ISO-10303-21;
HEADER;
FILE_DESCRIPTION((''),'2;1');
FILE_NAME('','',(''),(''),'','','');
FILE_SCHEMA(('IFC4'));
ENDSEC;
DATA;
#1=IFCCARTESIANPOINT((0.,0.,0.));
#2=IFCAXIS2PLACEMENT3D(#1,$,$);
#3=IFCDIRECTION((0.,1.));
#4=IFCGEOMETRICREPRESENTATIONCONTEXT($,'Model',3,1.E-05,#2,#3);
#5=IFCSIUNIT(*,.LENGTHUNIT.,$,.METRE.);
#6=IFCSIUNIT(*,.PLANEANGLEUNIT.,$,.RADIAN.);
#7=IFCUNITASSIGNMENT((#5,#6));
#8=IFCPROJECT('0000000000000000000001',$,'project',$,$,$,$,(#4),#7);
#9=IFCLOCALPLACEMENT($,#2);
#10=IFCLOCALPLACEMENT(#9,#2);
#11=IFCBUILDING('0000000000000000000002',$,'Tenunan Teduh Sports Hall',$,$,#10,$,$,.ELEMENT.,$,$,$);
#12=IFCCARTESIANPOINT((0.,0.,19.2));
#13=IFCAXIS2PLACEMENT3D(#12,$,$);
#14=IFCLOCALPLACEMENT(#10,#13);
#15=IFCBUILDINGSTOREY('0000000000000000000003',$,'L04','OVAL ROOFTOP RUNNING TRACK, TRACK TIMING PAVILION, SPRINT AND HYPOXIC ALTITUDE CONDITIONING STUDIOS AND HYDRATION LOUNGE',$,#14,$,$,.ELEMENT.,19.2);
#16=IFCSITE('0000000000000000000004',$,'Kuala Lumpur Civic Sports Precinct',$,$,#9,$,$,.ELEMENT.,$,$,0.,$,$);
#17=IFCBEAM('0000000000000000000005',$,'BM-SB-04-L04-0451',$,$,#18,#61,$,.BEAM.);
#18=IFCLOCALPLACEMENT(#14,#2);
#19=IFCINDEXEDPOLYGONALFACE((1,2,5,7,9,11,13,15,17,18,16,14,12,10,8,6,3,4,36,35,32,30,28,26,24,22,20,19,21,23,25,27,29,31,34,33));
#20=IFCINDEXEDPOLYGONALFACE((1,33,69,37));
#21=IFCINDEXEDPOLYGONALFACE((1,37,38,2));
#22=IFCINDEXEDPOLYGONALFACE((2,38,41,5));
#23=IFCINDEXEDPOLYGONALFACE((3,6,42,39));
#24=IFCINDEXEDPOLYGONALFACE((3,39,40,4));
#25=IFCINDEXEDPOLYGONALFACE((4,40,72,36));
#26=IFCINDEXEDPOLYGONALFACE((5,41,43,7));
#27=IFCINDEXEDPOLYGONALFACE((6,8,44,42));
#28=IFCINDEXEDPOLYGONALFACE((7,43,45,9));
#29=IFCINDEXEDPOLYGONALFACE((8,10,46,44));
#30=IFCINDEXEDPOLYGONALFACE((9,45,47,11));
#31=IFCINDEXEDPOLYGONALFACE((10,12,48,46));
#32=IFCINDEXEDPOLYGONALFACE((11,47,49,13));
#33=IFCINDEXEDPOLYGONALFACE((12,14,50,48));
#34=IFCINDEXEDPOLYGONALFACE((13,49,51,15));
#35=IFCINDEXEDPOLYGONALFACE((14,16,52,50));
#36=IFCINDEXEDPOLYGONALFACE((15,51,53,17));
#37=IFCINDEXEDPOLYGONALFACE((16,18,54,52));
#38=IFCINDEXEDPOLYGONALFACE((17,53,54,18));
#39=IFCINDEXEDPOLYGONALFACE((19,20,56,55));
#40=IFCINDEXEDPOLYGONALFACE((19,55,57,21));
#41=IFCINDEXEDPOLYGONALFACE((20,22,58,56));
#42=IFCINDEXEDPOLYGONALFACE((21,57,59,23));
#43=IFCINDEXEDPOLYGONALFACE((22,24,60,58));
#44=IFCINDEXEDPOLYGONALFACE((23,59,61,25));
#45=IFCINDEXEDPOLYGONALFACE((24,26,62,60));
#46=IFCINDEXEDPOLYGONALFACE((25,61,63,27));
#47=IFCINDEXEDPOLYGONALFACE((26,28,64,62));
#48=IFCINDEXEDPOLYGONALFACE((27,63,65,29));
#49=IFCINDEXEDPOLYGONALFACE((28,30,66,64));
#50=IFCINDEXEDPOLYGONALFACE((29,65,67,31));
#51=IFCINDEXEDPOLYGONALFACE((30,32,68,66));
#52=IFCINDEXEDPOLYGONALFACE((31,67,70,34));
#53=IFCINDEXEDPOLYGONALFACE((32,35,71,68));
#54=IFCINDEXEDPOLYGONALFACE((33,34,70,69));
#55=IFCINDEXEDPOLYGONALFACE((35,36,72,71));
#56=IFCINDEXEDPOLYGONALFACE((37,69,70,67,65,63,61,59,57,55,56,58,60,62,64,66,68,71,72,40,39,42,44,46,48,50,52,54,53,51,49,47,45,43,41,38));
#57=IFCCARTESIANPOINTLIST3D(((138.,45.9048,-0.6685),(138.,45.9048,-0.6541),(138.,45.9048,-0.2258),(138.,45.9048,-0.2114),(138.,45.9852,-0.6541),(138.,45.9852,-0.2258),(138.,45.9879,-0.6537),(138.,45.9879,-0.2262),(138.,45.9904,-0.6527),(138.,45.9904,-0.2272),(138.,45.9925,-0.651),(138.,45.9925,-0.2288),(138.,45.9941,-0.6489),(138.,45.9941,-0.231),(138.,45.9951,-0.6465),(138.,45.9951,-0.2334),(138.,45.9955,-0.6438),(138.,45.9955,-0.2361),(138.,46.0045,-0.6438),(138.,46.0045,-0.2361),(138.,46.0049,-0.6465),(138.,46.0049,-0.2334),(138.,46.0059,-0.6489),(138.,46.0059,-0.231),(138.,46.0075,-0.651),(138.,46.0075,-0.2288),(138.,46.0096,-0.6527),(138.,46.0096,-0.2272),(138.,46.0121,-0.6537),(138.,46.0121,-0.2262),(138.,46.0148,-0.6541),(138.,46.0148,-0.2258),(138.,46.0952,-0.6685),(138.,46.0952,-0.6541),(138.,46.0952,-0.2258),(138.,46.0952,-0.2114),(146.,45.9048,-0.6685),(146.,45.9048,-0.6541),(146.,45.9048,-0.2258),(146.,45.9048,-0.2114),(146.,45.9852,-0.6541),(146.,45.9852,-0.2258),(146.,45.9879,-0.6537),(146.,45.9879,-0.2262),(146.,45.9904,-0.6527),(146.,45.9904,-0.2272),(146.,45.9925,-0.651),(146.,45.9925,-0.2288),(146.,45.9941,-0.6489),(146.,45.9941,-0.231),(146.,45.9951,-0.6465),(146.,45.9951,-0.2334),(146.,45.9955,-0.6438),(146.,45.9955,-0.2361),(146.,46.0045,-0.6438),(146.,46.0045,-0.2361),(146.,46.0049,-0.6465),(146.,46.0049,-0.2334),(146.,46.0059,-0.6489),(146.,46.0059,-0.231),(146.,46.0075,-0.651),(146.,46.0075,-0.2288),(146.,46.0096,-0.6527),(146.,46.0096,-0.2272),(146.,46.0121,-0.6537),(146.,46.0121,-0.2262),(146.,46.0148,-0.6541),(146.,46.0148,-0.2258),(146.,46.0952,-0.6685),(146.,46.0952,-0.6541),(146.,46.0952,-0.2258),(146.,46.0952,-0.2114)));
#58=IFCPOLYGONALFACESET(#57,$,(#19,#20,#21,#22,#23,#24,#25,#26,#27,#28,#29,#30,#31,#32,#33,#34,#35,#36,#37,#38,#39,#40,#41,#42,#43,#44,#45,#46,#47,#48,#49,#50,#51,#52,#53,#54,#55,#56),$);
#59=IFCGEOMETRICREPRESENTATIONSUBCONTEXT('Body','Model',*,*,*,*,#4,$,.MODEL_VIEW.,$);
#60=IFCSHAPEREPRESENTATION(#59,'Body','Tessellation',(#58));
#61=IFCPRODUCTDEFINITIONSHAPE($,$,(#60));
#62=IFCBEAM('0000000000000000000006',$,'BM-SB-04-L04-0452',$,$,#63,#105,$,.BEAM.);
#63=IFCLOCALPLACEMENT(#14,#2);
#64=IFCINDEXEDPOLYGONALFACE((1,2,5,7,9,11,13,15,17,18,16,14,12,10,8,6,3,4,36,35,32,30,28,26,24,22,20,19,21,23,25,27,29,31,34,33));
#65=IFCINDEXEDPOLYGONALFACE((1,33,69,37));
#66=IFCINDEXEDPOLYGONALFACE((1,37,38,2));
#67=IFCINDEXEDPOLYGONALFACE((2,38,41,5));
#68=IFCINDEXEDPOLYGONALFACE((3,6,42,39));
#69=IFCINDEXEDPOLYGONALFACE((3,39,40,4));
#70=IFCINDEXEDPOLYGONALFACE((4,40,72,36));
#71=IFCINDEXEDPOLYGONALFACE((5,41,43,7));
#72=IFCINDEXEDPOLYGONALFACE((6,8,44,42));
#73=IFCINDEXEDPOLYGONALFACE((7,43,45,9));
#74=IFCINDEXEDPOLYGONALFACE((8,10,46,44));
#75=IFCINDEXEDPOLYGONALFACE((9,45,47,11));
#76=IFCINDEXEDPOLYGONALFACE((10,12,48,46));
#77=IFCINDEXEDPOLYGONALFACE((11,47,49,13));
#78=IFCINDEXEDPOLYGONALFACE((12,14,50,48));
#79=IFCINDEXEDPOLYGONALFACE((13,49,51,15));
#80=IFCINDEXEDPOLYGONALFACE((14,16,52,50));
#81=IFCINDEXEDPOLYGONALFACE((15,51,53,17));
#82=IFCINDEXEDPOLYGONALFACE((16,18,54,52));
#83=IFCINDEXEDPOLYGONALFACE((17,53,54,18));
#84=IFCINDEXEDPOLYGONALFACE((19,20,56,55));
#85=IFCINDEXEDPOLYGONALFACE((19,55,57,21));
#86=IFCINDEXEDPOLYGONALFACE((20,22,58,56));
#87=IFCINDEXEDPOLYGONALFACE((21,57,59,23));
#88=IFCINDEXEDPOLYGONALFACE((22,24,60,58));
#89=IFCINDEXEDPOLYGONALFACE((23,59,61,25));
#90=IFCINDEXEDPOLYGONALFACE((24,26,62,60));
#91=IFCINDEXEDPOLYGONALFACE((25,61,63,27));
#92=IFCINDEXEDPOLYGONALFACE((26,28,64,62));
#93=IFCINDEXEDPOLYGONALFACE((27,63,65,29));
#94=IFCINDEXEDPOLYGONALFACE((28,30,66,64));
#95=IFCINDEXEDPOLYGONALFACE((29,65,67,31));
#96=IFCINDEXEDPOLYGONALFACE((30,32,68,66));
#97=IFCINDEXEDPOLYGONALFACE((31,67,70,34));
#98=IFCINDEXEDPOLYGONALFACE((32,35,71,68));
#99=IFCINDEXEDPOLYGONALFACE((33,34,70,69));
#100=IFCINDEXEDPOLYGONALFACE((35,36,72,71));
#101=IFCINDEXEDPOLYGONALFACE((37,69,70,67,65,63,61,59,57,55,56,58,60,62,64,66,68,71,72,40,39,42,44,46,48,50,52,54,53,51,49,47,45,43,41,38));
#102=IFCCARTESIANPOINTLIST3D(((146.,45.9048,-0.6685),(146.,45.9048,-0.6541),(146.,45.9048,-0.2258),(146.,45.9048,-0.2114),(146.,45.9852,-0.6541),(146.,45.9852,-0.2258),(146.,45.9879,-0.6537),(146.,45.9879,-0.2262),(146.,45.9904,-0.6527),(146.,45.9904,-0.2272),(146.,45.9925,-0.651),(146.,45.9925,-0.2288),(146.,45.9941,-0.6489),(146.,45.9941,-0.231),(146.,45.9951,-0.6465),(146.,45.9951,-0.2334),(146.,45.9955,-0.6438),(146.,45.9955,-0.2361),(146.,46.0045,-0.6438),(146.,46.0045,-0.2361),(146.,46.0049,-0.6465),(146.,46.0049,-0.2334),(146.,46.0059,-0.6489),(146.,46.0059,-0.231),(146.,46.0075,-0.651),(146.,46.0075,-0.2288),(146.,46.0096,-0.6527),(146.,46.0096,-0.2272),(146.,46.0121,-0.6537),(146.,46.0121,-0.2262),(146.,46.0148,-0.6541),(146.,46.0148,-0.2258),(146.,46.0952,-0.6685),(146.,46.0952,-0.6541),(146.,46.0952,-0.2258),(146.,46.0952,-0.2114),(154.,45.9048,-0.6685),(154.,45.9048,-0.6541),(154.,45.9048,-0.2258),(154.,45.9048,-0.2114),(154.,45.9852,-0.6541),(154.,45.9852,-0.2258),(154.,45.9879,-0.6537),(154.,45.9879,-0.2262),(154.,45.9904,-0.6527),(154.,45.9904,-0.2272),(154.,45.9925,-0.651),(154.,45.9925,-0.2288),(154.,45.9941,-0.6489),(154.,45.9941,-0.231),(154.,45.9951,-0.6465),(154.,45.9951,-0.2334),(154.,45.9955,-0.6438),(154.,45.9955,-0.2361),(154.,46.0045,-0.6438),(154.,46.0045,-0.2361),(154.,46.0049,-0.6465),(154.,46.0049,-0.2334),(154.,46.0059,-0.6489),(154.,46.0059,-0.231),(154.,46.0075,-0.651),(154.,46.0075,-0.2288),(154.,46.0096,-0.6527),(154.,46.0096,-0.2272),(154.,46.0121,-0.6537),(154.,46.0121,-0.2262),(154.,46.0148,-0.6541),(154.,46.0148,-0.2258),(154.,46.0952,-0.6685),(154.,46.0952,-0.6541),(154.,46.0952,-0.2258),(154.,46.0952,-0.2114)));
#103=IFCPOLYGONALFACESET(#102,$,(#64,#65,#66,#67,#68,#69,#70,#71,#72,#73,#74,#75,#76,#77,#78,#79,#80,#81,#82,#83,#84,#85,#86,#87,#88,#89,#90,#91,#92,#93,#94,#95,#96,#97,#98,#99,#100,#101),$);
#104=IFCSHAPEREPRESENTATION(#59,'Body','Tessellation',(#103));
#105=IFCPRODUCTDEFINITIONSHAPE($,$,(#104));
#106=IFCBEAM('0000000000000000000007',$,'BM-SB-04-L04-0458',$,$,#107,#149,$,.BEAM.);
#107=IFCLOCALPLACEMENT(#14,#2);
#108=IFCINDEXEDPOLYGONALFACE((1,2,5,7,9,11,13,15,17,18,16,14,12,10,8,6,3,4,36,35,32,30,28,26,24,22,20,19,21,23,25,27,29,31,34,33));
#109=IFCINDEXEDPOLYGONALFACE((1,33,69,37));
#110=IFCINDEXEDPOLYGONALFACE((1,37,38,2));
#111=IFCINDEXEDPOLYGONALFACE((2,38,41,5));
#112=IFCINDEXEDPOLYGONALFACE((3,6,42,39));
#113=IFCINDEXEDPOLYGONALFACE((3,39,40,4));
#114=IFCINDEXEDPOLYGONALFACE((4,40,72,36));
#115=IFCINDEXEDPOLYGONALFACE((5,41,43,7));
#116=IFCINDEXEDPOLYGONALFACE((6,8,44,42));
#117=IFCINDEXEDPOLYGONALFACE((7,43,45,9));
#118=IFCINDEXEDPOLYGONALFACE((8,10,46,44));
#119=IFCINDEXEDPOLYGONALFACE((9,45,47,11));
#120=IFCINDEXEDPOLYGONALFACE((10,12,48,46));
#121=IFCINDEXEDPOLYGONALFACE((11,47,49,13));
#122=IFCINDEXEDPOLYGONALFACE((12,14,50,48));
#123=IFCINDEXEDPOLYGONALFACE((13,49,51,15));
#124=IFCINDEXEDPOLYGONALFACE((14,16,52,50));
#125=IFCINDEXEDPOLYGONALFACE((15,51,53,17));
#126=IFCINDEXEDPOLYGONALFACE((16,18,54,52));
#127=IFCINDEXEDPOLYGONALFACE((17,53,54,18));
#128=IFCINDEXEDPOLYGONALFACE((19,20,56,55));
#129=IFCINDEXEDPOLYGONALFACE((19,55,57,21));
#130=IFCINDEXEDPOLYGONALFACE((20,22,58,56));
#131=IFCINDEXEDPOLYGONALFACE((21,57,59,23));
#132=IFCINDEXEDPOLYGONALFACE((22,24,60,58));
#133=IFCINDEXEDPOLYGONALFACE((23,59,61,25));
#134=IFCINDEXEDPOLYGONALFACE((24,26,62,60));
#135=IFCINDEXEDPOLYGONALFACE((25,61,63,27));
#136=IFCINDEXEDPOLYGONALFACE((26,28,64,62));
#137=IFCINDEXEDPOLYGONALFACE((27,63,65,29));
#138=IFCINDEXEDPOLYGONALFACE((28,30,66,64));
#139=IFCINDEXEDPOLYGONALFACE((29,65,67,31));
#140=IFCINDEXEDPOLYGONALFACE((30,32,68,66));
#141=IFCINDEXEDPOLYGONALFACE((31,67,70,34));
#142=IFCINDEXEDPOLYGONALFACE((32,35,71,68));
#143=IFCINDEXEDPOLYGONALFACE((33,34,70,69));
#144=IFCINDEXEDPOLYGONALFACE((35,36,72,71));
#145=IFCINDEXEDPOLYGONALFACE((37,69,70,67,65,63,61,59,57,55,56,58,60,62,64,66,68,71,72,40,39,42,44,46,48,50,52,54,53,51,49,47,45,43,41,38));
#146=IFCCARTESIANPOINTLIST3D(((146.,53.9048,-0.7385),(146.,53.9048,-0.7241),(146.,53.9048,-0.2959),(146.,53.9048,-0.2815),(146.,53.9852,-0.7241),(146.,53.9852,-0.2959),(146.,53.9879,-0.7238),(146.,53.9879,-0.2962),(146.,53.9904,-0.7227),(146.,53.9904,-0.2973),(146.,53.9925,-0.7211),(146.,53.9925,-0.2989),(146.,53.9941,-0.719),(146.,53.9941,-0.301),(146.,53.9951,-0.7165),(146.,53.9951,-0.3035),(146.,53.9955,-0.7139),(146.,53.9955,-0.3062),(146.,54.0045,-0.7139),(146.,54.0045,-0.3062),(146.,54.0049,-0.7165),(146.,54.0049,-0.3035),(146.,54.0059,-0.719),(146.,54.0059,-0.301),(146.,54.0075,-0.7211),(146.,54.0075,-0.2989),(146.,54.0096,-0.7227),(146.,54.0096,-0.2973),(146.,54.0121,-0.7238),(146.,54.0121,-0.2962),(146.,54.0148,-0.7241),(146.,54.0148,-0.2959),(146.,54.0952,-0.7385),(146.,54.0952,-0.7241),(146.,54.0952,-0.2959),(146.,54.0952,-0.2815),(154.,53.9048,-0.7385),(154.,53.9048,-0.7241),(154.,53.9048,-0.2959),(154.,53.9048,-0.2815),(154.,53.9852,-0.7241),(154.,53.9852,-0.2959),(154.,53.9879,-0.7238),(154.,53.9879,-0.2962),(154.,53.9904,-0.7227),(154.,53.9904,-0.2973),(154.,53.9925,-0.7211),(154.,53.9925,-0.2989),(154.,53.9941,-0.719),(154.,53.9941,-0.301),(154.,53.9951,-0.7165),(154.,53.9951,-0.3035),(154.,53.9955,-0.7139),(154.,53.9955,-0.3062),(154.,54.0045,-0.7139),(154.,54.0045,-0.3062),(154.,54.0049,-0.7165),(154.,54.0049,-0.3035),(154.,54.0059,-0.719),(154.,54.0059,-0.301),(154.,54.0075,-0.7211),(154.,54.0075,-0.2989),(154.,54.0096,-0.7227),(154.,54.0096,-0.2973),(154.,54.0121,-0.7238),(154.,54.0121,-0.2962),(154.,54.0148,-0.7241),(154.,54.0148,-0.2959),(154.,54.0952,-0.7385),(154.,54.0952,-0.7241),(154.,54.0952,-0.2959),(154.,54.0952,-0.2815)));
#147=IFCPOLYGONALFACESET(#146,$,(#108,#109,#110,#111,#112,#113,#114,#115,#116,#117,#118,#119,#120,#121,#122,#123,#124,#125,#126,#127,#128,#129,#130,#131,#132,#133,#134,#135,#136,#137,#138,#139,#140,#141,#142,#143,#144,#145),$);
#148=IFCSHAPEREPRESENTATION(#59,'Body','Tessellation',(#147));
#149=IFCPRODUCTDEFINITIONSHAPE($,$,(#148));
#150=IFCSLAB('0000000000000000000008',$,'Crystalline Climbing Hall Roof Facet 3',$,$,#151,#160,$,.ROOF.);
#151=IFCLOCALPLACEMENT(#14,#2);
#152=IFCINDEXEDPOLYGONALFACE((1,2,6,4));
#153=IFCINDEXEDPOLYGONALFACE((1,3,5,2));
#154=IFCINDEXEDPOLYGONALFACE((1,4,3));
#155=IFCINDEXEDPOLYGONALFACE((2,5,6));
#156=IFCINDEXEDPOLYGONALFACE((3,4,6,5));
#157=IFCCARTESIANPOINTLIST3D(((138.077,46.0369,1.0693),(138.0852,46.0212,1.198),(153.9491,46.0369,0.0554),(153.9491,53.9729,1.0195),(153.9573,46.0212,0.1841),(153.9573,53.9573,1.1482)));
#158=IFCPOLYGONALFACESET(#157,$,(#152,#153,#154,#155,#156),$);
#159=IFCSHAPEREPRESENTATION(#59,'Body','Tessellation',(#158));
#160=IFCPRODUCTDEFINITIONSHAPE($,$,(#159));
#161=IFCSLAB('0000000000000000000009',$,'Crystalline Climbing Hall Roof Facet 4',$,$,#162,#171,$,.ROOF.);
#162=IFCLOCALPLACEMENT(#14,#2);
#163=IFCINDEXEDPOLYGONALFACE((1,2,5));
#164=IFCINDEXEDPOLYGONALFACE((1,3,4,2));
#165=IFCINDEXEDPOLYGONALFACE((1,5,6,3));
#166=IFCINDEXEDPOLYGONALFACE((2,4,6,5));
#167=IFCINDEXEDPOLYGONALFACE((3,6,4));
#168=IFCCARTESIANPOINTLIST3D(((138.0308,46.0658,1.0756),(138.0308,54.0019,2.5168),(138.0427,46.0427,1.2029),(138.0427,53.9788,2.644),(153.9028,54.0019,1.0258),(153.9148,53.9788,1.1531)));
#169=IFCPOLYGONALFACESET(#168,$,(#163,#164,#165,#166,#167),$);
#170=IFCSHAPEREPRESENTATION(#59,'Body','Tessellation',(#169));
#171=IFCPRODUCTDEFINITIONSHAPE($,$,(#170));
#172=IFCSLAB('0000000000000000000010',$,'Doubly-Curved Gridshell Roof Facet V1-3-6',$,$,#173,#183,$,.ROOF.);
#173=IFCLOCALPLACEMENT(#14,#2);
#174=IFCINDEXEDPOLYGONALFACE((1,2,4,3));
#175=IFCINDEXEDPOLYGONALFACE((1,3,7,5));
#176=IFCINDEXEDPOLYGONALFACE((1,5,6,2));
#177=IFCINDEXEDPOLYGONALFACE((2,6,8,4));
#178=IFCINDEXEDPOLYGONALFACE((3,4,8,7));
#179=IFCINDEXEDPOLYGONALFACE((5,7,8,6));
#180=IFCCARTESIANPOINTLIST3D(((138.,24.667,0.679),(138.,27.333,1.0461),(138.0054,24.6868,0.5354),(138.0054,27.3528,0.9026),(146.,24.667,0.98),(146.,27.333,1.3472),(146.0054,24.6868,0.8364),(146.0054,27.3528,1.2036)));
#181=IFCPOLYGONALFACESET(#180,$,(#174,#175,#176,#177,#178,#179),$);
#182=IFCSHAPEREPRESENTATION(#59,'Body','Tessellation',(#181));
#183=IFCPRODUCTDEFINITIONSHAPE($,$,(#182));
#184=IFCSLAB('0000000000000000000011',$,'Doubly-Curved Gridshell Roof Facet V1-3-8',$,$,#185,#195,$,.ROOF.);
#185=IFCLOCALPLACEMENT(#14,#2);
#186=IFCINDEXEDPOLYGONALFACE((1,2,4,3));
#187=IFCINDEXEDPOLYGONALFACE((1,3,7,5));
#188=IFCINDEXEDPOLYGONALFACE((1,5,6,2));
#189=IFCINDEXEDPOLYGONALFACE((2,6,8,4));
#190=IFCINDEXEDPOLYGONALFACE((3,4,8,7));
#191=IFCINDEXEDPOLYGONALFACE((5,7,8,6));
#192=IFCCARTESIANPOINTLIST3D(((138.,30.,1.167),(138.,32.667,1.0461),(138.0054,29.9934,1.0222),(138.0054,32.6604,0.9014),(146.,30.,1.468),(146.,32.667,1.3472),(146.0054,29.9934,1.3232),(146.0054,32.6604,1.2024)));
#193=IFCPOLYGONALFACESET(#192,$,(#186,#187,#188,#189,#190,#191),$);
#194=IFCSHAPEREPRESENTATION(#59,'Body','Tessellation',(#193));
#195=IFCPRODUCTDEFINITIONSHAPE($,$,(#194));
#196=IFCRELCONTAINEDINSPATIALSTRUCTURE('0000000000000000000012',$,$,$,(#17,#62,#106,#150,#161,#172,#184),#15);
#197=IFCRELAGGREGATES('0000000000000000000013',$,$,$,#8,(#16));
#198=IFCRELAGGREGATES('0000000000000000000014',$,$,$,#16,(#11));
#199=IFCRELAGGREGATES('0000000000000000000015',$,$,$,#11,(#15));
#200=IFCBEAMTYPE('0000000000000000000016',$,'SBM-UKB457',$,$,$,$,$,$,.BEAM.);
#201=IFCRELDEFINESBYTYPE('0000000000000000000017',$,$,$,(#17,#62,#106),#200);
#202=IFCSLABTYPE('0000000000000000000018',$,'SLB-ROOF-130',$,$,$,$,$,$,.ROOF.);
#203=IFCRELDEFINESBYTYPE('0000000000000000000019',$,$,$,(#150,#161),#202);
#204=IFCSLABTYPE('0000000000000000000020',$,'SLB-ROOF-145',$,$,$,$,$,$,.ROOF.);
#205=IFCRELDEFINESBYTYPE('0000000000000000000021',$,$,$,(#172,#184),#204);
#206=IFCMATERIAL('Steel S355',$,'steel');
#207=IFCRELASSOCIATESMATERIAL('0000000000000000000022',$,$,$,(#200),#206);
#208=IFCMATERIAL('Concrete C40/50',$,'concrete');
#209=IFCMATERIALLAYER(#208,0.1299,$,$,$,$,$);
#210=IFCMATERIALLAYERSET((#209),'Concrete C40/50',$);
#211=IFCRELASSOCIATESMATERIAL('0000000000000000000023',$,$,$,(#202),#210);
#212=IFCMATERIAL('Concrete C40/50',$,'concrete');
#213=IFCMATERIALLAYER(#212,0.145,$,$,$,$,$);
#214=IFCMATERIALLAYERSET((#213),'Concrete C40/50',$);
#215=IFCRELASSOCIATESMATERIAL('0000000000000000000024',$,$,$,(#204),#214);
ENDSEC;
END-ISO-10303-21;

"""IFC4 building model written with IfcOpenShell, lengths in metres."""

from ifc_helpers import new_model, si_unit, direction, frame, origin, origin_2d, place, context, subcontext, project, spatial, polyline, i_section, outline, extrude, material, layer, layer_set, material_profile, profile_set, type_object, element, save


model = new_model("IFC4")

# Units and contexts
model_context = context("Model", 3, precision=1e-05, world=origin(), true_north=direction((0.0, 1.0)))
body_context = subcontext(model_context, "Body", "Model", "MODEL_VIEW")
ifc_project = project(units=[si_unit("LENGTHUNIT", "METRE"), si_unit("PLANEANGLEUNIT", "RADIAN")], contexts=[model_context])

# Site, building, storey
site_placement = place(None, origin())
site = spatial("IfcSite", under=ifc_project, at=site_placement, Name="Kuala Lumpur Civic Sports Precinct", CompositionType="ELEMENT", RefElevation=0.0)
building_placement = place(site_placement, origin())
building = spatial("IfcBuilding", under=site, at=building_placement, Name="Tenunan Teduh Sports Hall", CompositionType="ELEMENT")
storey_placement = place(building_placement, frame((0.0, 0.0, 19.2)))
storey = spatial("IfcBuildingStorey", under=building, at=storey_placement, Name="L04", Description="OVAL ROOFTOP RUNNING TRACK, TRACK TIMING PAVILION, SPRINT AND HYPOXIC ALTITUDE CONDITIONING STUDIOS AND HYDRATION LOUNGE", CompositionType="ELEMENT", Elevation=19.2)

# Beams
ifc_material_1 = material(Name="Steel S355", Category="steel")
ifc_material_profile_1 = material_profile(ifc_material_1, i_section(OverallWidth=0.1904, OverallDepth=0.457, WebThickness=0.009, FlangeThickness=0.0144, FilletRadius=0.0103, at=origin_2d()), Name="UKB 457x191x74")
ifc_profile_set_1 = profile_set([ifc_material_profile_1], Name="Steel S355")
beam_type_1 = type_object("IfcBeamType", Name="SBM-UKB457", PredefinedType="BEAM", material=ifc_profile_set_1)
for number, where, z_axis, x_axis, name in (
    (1, (138.0, 46.0, -0.4399), (1.0, 0.0, 0.0), (0.0, 1.0, 0.0), "BM-SB-04-L04-0451"),
    (2, (146.0, 46.0, -0.4399), (1.0, 0.0, 0.0), (0.0, 1.0, 0.0), "BM-SB-04-L04-0452"),
    (3, (146.0, 54.0, -0.51), (1.0, 0.0, 0.0), (0.0, 1.0, 0.0), "BM-SB-04-L04-0458"),
):
    element("IfcBeam", number, at=place(storey_placement, frame(where, z_axis=z_axis, x_axis=x_axis)), inside=storey, type_object=beam_type_1, Name=name, PredefinedType="BEAM", context=body_context, shape_type="SweptSolid", body=[
        extrude(i_section(OverallWidth=0.1904, OverallDepth=0.457, WebThickness=0.009, FlangeThickness=0.0144, FilletRadius=0.0103, at=origin_2d()), origin(), (0.0, 0.0, 1.0), 8.0),
    ])

# Slabs
ifc_material_2 = material(Name="Concrete C40/50", Category="concrete")
ifc_layer_1 = layer(ifc_material_2, 0.1299)
ifc_layer_set_1 = layer_set([ifc_layer_1], Name="Concrete C40/50")
slab_type_1 = type_object("IfcSlabType", Name="SLB-ROOF-130", PredefinedType="ROOF", material=ifc_layer_set_1)
slab_1_placement = place(storey_placement, frame((138.0852, 46.0212, 1.198), z_axis=(0.063287, -0.120357, 0.990711), x_axis=(0.997966, 0.0, -0.063751)))
element("IfcSlab", 4, at=slab_1_placement, inside=storey, type_object=slab_type_1, Name="Crystalline Climbing Hall Roof Facet 3", PredefinedType="ROOF", context=body_context, shape_type="SweptSolid", body=[
    extrude(outline(polyline([(0.0, 0.0), (15.9044, 0.0), (15.843, 7.9941), (0.0, 0.0)])), origin(), (0.0, 0.0, -1.0), 0.1299),
])
slab_2_placement = place(storey_placement, frame((138.0427, 46.0427, 1.2029), z_axis=(0.092033, -0.177917, 0.979732), x_axis=(0.894424, 0.447212, -0.002807)))
element("IfcSlab", 5, at=slab_2_placement, inside=storey, type_object=slab_type_1, Name="Crystalline Climbing Hall Roof Facet 4", PredefinedType="ROOF", context=body_context, shape_type="SweptSolid", body=[
    extrude(outline(polyline([(0.0, 0.0), (17.7456, 0.0), (3.545, 7.245), (0.0, 0.0)])), origin(), (0.0, 0.0, -1.0), 0.1299),
])
ifc_material_3 = material(Name="Concrete C40/50", Category="concrete")
ifc_layer_2 = layer(ifc_material_3, 0.145)
ifc_layer_set_2 = layer_set([ifc_layer_2], Name="Concrete C40/50")
slab_type_2 = type_object("IfcSlabType", Name="SLB-ROOF-145", PredefinedType="ROOF", material=ifc_layer_set_2)
slab_3_placement = place(storey_placement, frame((138.0, 24.667, 0.679), z_axis=(-0.03725, -0.136346, 0.989961), x_axis=(0.999293, 0.0, 0.037602)))
element("IfcSlab", 6, at=slab_3_placement, inside=storey, type_object=slab_type_2, Name="Doubly-Curved Gridshell Roof Facet V1-3-6", PredefinedType="ROOF", context=body_context, shape_type="SweptSolid", body=[
    extrude(outline(polyline([(0.0, 0.0), (8.0057, 0.0), (8.0195, 2.6911), (0.0138, 2.6911), (0.0, 0.0)])), origin(), (0.0, 0.0, -1.0), 0.145),
])
slab_4_placement = place(storey_placement, frame((138.0, 30.0, 1.167), z_axis=(-0.037563, 0.045235, 0.99827), x_axis=(0.999293, 0.0, 0.037602)))
element("IfcSlab", 7, at=slab_4_placement, inside=storey, type_object=slab_type_2, Name="Doubly-Curved Gridshell Roof Facet V1-3-8", PredefinedType="ROOF", context=body_context, shape_type="SweptSolid", body=[
    extrude(outline(polyline([(0.0, 0.0), (8.0057, 0.0), (8.0011, 2.6697), (-0.0045, 2.6697), (0.0, 0.0)])), origin(), (0.0, 0.0, -1.0), 0.145),
])

save(model, "model.ifc")
